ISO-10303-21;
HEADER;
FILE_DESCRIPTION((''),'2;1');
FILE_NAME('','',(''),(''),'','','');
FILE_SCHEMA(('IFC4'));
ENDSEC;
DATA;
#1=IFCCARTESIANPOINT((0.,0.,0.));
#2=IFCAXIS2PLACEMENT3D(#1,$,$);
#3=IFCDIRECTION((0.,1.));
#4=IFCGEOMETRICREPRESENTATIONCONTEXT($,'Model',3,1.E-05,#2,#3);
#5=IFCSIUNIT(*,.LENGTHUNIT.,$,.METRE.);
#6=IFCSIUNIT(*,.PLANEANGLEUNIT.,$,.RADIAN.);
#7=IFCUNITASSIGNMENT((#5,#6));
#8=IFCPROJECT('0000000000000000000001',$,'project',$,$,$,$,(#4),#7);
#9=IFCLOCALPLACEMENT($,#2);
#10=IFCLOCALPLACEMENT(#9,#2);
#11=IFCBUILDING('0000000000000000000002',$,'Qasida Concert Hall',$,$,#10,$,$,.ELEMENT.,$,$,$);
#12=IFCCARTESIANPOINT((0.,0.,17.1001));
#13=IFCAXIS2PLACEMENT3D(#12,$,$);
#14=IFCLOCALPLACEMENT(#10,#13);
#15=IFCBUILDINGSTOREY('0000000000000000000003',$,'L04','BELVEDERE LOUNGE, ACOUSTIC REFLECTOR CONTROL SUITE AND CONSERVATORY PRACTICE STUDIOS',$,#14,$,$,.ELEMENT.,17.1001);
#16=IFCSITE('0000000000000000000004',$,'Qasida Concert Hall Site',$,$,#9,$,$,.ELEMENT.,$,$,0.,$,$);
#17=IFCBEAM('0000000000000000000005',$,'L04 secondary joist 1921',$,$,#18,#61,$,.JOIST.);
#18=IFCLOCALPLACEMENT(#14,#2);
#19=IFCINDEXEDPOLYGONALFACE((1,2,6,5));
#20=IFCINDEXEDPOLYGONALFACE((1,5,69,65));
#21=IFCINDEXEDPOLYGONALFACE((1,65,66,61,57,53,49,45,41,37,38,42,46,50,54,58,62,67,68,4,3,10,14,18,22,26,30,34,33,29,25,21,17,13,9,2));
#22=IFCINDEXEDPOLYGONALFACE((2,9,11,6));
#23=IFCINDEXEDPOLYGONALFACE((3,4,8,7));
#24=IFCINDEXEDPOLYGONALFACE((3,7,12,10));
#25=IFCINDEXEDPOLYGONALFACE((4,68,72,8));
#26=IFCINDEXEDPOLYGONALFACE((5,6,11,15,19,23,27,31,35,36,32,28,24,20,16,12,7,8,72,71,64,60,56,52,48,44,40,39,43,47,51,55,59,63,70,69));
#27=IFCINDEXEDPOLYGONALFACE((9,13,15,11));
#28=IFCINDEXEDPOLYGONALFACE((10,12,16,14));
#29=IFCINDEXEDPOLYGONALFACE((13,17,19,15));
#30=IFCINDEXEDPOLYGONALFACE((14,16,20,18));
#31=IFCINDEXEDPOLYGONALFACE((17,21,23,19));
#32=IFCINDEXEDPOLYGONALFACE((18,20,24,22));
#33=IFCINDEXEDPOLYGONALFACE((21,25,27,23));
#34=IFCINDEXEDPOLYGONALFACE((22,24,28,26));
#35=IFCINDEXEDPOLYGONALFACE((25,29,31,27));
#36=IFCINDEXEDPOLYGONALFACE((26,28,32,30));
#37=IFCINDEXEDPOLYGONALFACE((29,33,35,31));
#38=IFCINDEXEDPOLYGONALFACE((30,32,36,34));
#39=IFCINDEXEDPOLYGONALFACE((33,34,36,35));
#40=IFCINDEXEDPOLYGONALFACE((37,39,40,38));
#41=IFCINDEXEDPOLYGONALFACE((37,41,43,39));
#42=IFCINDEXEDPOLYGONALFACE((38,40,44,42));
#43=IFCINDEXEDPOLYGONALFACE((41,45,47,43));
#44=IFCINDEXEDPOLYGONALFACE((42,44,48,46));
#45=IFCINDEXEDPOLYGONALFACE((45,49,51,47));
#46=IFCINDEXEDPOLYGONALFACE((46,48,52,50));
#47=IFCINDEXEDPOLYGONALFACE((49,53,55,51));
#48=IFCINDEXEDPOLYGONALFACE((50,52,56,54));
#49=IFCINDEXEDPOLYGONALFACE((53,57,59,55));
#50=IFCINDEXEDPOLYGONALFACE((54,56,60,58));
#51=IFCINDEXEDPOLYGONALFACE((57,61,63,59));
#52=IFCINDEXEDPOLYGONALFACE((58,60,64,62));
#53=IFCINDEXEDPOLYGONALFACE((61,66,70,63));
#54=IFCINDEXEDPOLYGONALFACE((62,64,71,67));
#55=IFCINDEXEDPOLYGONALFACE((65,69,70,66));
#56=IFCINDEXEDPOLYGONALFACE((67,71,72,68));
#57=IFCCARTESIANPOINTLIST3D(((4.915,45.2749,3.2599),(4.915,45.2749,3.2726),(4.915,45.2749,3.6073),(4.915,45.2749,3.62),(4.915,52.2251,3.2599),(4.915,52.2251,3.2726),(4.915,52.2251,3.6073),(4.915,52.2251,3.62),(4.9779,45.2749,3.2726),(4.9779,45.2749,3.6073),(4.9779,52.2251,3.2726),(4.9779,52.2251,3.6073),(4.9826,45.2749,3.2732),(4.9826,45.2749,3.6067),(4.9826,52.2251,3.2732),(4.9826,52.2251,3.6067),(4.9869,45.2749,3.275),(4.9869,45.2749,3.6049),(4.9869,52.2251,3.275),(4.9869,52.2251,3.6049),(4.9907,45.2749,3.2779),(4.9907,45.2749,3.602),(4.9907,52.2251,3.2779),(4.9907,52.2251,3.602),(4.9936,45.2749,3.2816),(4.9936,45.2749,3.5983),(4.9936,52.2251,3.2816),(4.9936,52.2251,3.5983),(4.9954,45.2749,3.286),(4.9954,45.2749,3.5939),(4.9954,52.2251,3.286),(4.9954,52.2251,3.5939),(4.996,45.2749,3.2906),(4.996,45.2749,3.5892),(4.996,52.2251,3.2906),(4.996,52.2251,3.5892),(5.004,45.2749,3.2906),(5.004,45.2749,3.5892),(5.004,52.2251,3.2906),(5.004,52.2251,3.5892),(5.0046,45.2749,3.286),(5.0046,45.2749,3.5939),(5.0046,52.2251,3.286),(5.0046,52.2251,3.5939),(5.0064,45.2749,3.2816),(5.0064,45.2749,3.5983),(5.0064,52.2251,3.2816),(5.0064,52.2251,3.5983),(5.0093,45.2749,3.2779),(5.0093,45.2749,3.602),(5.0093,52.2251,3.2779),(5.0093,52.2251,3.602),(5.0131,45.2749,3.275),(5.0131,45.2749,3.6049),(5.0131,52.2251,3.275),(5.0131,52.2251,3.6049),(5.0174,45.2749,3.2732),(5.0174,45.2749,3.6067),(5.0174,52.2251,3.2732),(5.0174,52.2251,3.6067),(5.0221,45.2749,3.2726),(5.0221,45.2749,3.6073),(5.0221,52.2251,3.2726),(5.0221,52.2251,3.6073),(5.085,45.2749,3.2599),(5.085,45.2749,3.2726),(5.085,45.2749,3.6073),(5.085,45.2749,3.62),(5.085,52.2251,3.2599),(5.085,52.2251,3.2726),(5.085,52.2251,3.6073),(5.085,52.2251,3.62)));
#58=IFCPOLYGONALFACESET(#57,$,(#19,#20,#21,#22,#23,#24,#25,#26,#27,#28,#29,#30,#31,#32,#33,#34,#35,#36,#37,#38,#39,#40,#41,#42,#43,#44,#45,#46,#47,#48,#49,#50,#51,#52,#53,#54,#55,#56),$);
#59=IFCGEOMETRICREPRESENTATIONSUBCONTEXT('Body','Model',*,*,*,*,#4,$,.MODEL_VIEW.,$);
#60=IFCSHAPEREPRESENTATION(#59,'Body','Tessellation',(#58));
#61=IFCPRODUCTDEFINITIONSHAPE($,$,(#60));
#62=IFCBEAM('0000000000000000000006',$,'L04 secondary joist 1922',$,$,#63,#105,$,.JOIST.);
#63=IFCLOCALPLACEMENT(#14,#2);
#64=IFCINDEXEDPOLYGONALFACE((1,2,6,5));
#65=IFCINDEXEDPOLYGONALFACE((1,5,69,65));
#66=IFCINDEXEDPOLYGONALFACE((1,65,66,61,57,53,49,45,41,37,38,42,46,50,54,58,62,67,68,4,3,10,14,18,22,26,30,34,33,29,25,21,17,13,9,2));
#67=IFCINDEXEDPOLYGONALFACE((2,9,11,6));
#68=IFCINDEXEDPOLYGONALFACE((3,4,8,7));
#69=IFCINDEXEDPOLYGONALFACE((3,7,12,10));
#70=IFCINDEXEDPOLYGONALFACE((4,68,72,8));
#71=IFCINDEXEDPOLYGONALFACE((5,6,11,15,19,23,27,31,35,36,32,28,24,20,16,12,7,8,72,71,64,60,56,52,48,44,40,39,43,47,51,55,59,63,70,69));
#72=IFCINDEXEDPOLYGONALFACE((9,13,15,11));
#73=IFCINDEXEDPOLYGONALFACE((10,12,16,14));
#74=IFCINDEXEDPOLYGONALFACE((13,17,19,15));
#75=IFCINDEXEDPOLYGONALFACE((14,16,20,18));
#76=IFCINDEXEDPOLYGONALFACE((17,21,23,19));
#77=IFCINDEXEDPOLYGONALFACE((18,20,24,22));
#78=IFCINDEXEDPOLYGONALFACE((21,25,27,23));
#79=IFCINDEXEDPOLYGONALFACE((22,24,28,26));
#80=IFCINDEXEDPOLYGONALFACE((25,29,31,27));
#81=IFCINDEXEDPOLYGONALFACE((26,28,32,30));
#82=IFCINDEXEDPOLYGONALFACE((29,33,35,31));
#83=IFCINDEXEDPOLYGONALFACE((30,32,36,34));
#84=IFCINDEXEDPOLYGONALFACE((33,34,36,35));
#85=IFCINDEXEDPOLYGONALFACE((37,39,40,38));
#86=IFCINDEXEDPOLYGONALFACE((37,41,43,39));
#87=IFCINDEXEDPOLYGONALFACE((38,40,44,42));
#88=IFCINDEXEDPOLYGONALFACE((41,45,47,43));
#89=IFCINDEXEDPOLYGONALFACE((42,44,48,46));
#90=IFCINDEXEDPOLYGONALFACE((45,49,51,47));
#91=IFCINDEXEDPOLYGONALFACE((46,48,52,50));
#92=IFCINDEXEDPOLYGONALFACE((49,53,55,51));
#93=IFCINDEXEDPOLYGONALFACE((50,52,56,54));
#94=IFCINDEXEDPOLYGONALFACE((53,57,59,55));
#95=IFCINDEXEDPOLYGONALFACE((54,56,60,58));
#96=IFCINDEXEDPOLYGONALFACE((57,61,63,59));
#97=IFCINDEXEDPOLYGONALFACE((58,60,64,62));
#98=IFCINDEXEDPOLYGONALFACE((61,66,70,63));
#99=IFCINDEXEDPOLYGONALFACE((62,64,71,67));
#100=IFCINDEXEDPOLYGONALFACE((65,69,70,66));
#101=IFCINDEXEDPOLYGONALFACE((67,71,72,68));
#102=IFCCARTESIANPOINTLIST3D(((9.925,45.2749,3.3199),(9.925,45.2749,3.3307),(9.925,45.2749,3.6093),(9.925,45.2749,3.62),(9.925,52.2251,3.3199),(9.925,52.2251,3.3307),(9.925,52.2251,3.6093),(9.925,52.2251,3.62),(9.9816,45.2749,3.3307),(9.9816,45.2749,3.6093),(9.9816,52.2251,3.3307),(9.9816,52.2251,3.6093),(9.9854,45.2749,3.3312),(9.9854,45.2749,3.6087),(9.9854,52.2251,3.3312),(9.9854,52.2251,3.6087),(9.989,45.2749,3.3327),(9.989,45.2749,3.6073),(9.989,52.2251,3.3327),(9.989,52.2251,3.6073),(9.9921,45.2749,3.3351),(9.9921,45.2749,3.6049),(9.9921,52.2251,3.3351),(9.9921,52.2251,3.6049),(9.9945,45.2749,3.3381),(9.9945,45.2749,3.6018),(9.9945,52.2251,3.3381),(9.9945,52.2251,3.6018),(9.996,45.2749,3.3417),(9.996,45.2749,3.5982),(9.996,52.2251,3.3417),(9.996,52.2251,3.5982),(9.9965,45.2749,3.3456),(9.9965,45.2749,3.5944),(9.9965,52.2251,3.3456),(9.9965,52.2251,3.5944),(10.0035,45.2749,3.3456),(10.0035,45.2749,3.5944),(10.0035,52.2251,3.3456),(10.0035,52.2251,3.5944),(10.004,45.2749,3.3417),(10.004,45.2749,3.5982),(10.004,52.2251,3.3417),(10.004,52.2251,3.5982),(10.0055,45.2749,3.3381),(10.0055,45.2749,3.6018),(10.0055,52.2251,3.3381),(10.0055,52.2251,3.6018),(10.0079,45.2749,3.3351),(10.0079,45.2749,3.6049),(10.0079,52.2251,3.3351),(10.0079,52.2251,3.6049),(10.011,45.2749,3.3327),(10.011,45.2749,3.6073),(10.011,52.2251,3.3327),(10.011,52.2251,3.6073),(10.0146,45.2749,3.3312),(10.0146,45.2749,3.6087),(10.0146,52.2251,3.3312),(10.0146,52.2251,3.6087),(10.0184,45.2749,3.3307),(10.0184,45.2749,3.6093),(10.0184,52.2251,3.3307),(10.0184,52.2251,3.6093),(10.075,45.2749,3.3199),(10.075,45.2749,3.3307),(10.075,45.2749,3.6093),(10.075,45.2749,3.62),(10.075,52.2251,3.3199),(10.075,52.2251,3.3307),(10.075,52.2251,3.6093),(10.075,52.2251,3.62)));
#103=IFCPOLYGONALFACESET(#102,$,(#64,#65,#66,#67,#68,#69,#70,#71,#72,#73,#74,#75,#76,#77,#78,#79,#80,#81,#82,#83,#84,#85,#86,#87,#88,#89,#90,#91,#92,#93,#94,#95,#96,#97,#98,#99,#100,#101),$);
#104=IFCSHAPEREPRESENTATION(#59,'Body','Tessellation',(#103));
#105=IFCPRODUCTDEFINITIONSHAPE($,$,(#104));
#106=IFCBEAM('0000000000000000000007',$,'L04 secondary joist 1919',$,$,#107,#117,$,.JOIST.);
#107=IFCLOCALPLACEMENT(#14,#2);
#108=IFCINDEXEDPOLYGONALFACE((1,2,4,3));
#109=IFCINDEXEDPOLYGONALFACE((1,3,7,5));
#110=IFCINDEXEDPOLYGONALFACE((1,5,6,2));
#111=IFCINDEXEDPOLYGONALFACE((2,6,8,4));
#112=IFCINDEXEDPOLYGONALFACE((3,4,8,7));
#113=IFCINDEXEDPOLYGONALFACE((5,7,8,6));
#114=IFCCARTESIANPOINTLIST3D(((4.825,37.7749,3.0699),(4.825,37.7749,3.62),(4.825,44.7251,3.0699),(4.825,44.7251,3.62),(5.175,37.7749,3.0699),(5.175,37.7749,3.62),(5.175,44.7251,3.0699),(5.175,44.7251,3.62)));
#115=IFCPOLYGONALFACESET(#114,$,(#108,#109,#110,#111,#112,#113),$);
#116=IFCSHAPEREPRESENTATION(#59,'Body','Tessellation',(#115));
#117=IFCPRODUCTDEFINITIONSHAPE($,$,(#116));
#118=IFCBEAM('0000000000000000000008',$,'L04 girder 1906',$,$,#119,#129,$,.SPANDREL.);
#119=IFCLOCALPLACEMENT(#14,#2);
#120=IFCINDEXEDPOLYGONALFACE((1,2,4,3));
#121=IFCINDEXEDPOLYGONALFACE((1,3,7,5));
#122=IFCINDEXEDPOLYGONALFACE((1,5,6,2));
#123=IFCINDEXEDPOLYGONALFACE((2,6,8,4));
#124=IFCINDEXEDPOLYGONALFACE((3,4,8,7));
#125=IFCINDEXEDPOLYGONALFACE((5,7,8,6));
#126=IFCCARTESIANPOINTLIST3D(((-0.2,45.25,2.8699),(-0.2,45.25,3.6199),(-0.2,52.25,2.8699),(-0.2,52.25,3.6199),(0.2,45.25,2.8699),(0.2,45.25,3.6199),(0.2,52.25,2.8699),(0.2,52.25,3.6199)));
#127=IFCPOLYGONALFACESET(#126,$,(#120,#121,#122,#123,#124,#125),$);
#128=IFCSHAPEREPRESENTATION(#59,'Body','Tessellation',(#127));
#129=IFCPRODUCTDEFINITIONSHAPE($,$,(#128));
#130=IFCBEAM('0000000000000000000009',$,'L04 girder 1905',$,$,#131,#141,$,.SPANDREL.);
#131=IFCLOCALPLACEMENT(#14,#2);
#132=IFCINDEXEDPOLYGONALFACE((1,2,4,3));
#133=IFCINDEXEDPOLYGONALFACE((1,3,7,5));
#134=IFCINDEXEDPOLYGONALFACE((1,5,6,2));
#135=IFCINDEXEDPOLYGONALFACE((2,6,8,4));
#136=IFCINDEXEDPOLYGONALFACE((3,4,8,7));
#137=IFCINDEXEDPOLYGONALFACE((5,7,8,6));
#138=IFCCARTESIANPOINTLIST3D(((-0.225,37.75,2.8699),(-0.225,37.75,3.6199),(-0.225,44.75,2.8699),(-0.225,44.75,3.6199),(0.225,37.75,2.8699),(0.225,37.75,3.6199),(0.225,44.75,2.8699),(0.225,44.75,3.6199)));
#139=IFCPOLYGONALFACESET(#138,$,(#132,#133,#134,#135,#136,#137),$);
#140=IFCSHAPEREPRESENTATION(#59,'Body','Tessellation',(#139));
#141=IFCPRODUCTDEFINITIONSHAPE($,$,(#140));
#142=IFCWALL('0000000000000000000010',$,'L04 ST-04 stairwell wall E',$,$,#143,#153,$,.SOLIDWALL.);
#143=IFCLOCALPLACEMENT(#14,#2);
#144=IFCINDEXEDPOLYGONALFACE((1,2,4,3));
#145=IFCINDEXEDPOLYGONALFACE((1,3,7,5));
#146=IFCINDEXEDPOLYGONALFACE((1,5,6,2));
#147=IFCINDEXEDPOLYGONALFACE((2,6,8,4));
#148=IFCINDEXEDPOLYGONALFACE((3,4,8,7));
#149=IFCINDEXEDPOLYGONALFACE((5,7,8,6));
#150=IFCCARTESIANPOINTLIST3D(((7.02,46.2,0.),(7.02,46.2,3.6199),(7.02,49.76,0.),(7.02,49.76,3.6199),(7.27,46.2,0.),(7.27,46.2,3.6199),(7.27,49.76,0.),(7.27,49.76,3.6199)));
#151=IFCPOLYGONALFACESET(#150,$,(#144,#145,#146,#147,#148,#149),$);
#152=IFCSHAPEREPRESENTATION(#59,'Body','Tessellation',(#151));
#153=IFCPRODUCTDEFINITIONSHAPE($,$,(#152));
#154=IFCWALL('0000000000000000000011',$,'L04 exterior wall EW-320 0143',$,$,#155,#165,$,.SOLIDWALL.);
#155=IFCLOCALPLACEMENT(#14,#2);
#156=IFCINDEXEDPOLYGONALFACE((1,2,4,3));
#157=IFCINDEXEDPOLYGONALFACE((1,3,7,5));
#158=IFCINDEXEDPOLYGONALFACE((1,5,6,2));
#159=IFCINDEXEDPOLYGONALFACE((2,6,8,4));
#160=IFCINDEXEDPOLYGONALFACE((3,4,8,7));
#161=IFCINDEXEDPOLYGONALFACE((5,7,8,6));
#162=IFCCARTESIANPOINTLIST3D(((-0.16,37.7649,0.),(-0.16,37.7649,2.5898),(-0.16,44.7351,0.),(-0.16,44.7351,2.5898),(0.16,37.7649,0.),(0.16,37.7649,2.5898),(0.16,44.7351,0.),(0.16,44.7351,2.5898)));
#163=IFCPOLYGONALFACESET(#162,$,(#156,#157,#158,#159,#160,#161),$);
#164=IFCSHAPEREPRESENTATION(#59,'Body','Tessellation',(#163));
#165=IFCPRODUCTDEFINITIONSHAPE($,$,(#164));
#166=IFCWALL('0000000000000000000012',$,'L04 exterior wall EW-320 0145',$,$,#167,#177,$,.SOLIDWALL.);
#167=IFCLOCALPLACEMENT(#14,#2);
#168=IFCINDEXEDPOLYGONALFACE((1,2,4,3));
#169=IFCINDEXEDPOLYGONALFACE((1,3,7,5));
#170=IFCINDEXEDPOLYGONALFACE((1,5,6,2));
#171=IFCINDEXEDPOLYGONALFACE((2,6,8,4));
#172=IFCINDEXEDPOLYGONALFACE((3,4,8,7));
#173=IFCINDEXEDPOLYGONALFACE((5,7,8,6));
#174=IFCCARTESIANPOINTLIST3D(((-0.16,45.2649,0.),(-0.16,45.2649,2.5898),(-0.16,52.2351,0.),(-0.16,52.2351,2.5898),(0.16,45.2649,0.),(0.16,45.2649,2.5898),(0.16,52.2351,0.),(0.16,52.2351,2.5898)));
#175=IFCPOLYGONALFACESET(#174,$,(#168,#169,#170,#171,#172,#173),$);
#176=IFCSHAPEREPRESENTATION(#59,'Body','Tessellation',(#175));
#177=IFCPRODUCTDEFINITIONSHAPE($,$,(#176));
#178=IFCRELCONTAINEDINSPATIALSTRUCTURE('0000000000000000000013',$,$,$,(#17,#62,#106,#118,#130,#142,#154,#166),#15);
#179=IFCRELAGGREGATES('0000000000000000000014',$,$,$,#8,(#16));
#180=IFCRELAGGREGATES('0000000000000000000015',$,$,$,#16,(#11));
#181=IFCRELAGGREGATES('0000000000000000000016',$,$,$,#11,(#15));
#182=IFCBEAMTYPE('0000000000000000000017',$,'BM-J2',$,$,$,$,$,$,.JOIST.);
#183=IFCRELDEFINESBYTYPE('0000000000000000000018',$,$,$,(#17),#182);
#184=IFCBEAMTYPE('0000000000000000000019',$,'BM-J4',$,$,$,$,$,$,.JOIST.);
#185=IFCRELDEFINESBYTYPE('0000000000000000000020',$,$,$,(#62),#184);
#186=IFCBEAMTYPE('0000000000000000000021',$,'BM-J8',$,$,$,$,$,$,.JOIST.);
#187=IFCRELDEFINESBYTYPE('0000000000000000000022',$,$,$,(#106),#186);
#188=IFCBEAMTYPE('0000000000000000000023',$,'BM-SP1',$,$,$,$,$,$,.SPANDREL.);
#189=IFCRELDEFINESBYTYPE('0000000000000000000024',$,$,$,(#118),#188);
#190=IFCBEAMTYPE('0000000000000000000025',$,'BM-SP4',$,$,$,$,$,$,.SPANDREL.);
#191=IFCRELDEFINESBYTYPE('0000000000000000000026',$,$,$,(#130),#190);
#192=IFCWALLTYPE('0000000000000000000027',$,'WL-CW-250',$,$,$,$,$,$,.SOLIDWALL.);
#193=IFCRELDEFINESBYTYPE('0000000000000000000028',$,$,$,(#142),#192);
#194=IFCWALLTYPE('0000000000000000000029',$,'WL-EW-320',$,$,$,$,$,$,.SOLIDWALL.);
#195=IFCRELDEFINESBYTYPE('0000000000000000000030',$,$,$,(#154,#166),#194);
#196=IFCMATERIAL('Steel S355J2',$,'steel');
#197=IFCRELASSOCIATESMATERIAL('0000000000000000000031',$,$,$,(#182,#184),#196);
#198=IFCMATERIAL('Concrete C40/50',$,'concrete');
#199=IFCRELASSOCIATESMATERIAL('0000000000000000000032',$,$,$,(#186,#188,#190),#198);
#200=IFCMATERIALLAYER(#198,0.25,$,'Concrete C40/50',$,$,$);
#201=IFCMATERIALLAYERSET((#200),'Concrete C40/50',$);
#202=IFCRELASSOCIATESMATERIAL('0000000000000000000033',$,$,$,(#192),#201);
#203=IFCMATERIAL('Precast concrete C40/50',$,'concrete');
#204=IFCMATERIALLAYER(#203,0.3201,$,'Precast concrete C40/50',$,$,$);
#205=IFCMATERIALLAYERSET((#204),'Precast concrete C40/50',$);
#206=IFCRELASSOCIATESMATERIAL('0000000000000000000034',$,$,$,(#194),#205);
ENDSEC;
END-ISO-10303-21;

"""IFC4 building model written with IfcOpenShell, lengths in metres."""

from ifc_helpers import new_model, si_unit, direction, frame, frame_2d, origin, origin_2d, place, context, subcontext, project, spatial, rectangle, i_section, extrude, material, layer, layer_set, material_profile, profile_set, type_object, element, save


model = new_model("IFC4")

# Units and contexts
model_context = context("Model", 3, precision=1e-05, world=origin(), true_north=direction((0.0, 1.0)))
body_context = subcontext(model_context, "Body", "Model", "MODEL_VIEW")
ifc_project = project(units=[si_unit("LENGTHUNIT", "METRE"), si_unit("PLANEANGLEUNIT", "RADIAN")], contexts=[model_context])

# Site, building, storey
site_placement = place(None, origin())
site = spatial("IfcSite", under=ifc_project, at=site_placement, Name="Qasida Concert Hall Site", CompositionType="ELEMENT", RefElevation=0.0)
building_placement = place(site_placement, origin())
building = spatial("IfcBuilding", under=site, at=building_placement, Name="Qasida Concert Hall", CompositionType="ELEMENT")
storey_placement = place(building_placement, frame((0.0, 0.0, 17.1001)))
storey = spatial("IfcBuildingStorey", under=building, at=storey_placement, Name="L04", Description="BELVEDERE LOUNGE, ACOUSTIC REFLECTOR CONTROL SUITE AND CONSERVATORY PRACTICE STUDIOS", CompositionType="ELEMENT", Elevation=17.1001)

# Beams
ifc_material_1 = material(Name="Steel S355J2", Category="steel")
ifc_material_2 = material(Name="Concrete C40/50", Category="concrete")
ifc_material_profile_1 = material_profile(ifc_material_1, i_section(OverallWidth=0.1699, OverallDepth=0.3601, WebThickness=0.0081, FlangeThickness=0.0127, FilletRadius=0.0181, at=origin_2d()), Name="IPE 360")
ifc_profile_set_1 = profile_set([ifc_material_profile_1], Name="Steel S355J2")
beam_type_1 = type_object("IfcBeamType", Name="BM-J2", PredefinedType="JOIST", material=ifc_profile_set_1)
for number, where, z_axis, x_axis, name in (
    (1, (5.0, 45.2749, 3.4399), (0.0, 1.0, 0.0), (-1.0, 0.0, 0.0), "L04 secondary joist 1921"),
):
    element("IfcBeam", number, at=place(storey_placement, frame(where, z_axis=z_axis, x_axis=x_axis)), inside=storey, type_object=beam_type_1, Name=name, PredefinedType="JOIST", context=body_context, shape_type="SweptSolid", body=[
        extrude(i_section(OverallWidth=0.1699, OverallDepth=0.3601, WebThickness=0.0081, FlangeThickness=0.0127, FilletRadius=0.0181, at=origin_2d()), origin(), (0.0, 0.0, 1.0), 6.9502),
    ])
ifc_material_profile_2 = material_profile(ifc_material_1, i_section(OverallWidth=0.1499, OverallDepth=0.3, WebThickness=0.0071, FlangeThickness=0.0107, FilletRadius=0.0149, at=origin_2d()), Name="IPE 300")
ifc_profile_set_2 = profile_set([ifc_material_profile_2], Name="Steel S355J2")
beam_type_2 = type_object("IfcBeamType", Name="BM-J4", PredefinedType="JOIST", material=ifc_profile_set_2)
beam_1_placement = place(storey_placement, frame((10.0, 45.2749, 3.47), z_axis=(0.0, 1.0, 0.0), x_axis=(-1.0, 0.0, 0.0)))
element("IfcBeam", 2, at=beam_1_placement, inside=storey, type_object=beam_type_2, Name="L04 secondary joist 1922", PredefinedType="JOIST", context=body_context, shape_type="SweptSolid", body=[
    extrude(i_section(OverallWidth=0.1499, OverallDepth=0.3, WebThickness=0.0071, FlangeThickness=0.0107, FilletRadius=0.0149, at=origin_2d()), origin(), (0.0, 0.0, 1.0), 6.9502),
])
ifc_material_profile_3 = material_profile(ifc_material_2, rectangle(XDim=0.3501, YDim=0.55, at=origin_2d()), Name="RC 350x550")
ifc_profile_set_3 = profile_set([ifc_material_profile_3], Name="Concrete C40/50")
beam_type_3 = type_object("IfcBeamType", Name="BM-J8", PredefinedType="JOIST", material=ifc_profile_set_3)
beam_2_placement = place(storey_placement, frame((5.0, 37.7749, 3.345), z_axis=(0.0, 1.0, 0.0), x_axis=(-1.0, 0.0, 0.0)))
element("IfcBeam", 3, at=beam_2_placement, inside=storey, type_object=beam_type_3, Name="L04 secondary joist 1919", PredefinedType="JOIST", context=body_context, shape_type="SweptSolid", body=[
    extrude(rectangle(XDim=0.3501, YDim=0.55, at=origin_2d()), origin(), (0.0, 0.0, 1.0), 6.9502),
])
ifc_material_profile_4 = material_profile(ifc_material_2, rectangle(XDim=0.3999, YDim=0.75, at=origin_2d()), Name="RC 400x750")
ifc_profile_set_4 = profile_set([ifc_material_profile_4], Name="Concrete C40/50")
beam_type_4 = type_object("IfcBeamType", Name="BM-SP1", PredefinedType="SPANDREL", material=ifc_profile_set_4)
beam_3_placement = place(storey_placement, frame((0.0, 45.25, 3.2449), z_axis=(0.0, 1.0, 0.0), x_axis=(-1.0, 0.0, 0.0)))
element("IfcBeam", 4, at=beam_3_placement, inside=storey, type_object=beam_type_4, Name="L04 girder 1906", PredefinedType="SPANDREL", context=body_context, shape_type="SweptSolid", body=[
    extrude(rectangle(XDim=0.3999, YDim=0.75, at=origin_2d()), origin(), (0.0, 0.0, 1.0), 7.0),
])
ifc_material_profile_5 = material_profile(ifc_material_2, rectangle(XDim=0.45, YDim=0.75, at=origin_2d()), Name="RC 450x750")
ifc_profile_set_5 = profile_set([ifc_material_profile_5], Name="Concrete C40/50")
beam_type_5 = type_object("IfcBeamType", Name="BM-SP4", PredefinedType="SPANDREL", material=ifc_profile_set_5)
beam_4_placement = place(storey_placement, frame((0.0, 37.75, 3.2449), z_axis=(0.0, 1.0, 0.0), x_axis=(-1.0, 0.0, 0.0)))
element("IfcBeam", 5, at=beam_4_placement, inside=storey, type_object=beam_type_5, Name="L04 girder 1905", PredefinedType="SPANDREL", context=body_context, shape_type="SweptSolid", body=[
    extrude(rectangle(XDim=0.45, YDim=0.75, at=origin_2d()), origin(), (0.0, 0.0, 1.0), 7.0),
])

# Shared definitions
ifc_layer_1 = layer(ifc_material_2, 0.25, Name="Concrete C40/50")
ifc_layer_set_1 = layer_set([ifc_layer_1], Name="Concrete C40/50")
wall_type_1 = type_object("IfcWallType", Name="WL-CW-250", PredefinedType="SOLIDWALL", material=ifc_layer_set_1)

# Walls
wall_1_placement = place(storey_placement, frame((7.145, 46.2, 0.0), z_axis=(0.0, 0.0, 1.0), x_axis=(0.0, 1.0, 0.0)))
element("IfcWall", 6, at=wall_1_placement, inside=storey, type_object=wall_type_1, Name="L04 ST-04 stairwell wall E", PredefinedType="SOLIDWALL", context=body_context, shape_type="SweptSolid", body=[
    extrude(rectangle(XDim=3.5601, YDim=0.25, at=frame_2d((1.78, 0.0))), origin(), (0.0, 0.0, 1.0), 3.6199),
])
ifc_material_3 = material(Name="Precast concrete C40/50", Category="concrete")
ifc_layer_2 = layer(ifc_material_3, 0.3201, Name="Precast concrete C40/50")
ifc_layer_set_2 = layer_set([ifc_layer_2], Name="Precast concrete C40/50")
wall_type_2 = type_object("IfcWallType", Name="WL-EW-320", PredefinedType="SOLIDWALL", material=ifc_layer_set_2)
for number, where, z_axis, x_axis, name in (
    (7, (0.0, 37.7649, 0.0), (0.0, 0.0, 1.0), (0.0, 1.0, 0.0), "L04 exterior wall EW-320 0143"),
    (8, (0.0, 45.2649, 0.0), (0.0, 0.0, 1.0), (0.0, 1.0, 0.0), "L04 exterior wall EW-320 0145"),
):
    element("IfcWall", number, at=place(storey_placement, frame(where, z_axis=z_axis, x_axis=x_axis)), inside=storey, type_object=wall_type_2, Name=name, PredefinedType="SOLIDWALL", context=body_context, shape_type="SweptSolid", body=[
        extrude(rectangle(XDim=6.9702, YDim=0.3201, at=frame_2d((3.4851, 0.0))), origin(), (0.0, 0.0, 1.0), 2.5898),
    ])

save(model, "model.ifc")
